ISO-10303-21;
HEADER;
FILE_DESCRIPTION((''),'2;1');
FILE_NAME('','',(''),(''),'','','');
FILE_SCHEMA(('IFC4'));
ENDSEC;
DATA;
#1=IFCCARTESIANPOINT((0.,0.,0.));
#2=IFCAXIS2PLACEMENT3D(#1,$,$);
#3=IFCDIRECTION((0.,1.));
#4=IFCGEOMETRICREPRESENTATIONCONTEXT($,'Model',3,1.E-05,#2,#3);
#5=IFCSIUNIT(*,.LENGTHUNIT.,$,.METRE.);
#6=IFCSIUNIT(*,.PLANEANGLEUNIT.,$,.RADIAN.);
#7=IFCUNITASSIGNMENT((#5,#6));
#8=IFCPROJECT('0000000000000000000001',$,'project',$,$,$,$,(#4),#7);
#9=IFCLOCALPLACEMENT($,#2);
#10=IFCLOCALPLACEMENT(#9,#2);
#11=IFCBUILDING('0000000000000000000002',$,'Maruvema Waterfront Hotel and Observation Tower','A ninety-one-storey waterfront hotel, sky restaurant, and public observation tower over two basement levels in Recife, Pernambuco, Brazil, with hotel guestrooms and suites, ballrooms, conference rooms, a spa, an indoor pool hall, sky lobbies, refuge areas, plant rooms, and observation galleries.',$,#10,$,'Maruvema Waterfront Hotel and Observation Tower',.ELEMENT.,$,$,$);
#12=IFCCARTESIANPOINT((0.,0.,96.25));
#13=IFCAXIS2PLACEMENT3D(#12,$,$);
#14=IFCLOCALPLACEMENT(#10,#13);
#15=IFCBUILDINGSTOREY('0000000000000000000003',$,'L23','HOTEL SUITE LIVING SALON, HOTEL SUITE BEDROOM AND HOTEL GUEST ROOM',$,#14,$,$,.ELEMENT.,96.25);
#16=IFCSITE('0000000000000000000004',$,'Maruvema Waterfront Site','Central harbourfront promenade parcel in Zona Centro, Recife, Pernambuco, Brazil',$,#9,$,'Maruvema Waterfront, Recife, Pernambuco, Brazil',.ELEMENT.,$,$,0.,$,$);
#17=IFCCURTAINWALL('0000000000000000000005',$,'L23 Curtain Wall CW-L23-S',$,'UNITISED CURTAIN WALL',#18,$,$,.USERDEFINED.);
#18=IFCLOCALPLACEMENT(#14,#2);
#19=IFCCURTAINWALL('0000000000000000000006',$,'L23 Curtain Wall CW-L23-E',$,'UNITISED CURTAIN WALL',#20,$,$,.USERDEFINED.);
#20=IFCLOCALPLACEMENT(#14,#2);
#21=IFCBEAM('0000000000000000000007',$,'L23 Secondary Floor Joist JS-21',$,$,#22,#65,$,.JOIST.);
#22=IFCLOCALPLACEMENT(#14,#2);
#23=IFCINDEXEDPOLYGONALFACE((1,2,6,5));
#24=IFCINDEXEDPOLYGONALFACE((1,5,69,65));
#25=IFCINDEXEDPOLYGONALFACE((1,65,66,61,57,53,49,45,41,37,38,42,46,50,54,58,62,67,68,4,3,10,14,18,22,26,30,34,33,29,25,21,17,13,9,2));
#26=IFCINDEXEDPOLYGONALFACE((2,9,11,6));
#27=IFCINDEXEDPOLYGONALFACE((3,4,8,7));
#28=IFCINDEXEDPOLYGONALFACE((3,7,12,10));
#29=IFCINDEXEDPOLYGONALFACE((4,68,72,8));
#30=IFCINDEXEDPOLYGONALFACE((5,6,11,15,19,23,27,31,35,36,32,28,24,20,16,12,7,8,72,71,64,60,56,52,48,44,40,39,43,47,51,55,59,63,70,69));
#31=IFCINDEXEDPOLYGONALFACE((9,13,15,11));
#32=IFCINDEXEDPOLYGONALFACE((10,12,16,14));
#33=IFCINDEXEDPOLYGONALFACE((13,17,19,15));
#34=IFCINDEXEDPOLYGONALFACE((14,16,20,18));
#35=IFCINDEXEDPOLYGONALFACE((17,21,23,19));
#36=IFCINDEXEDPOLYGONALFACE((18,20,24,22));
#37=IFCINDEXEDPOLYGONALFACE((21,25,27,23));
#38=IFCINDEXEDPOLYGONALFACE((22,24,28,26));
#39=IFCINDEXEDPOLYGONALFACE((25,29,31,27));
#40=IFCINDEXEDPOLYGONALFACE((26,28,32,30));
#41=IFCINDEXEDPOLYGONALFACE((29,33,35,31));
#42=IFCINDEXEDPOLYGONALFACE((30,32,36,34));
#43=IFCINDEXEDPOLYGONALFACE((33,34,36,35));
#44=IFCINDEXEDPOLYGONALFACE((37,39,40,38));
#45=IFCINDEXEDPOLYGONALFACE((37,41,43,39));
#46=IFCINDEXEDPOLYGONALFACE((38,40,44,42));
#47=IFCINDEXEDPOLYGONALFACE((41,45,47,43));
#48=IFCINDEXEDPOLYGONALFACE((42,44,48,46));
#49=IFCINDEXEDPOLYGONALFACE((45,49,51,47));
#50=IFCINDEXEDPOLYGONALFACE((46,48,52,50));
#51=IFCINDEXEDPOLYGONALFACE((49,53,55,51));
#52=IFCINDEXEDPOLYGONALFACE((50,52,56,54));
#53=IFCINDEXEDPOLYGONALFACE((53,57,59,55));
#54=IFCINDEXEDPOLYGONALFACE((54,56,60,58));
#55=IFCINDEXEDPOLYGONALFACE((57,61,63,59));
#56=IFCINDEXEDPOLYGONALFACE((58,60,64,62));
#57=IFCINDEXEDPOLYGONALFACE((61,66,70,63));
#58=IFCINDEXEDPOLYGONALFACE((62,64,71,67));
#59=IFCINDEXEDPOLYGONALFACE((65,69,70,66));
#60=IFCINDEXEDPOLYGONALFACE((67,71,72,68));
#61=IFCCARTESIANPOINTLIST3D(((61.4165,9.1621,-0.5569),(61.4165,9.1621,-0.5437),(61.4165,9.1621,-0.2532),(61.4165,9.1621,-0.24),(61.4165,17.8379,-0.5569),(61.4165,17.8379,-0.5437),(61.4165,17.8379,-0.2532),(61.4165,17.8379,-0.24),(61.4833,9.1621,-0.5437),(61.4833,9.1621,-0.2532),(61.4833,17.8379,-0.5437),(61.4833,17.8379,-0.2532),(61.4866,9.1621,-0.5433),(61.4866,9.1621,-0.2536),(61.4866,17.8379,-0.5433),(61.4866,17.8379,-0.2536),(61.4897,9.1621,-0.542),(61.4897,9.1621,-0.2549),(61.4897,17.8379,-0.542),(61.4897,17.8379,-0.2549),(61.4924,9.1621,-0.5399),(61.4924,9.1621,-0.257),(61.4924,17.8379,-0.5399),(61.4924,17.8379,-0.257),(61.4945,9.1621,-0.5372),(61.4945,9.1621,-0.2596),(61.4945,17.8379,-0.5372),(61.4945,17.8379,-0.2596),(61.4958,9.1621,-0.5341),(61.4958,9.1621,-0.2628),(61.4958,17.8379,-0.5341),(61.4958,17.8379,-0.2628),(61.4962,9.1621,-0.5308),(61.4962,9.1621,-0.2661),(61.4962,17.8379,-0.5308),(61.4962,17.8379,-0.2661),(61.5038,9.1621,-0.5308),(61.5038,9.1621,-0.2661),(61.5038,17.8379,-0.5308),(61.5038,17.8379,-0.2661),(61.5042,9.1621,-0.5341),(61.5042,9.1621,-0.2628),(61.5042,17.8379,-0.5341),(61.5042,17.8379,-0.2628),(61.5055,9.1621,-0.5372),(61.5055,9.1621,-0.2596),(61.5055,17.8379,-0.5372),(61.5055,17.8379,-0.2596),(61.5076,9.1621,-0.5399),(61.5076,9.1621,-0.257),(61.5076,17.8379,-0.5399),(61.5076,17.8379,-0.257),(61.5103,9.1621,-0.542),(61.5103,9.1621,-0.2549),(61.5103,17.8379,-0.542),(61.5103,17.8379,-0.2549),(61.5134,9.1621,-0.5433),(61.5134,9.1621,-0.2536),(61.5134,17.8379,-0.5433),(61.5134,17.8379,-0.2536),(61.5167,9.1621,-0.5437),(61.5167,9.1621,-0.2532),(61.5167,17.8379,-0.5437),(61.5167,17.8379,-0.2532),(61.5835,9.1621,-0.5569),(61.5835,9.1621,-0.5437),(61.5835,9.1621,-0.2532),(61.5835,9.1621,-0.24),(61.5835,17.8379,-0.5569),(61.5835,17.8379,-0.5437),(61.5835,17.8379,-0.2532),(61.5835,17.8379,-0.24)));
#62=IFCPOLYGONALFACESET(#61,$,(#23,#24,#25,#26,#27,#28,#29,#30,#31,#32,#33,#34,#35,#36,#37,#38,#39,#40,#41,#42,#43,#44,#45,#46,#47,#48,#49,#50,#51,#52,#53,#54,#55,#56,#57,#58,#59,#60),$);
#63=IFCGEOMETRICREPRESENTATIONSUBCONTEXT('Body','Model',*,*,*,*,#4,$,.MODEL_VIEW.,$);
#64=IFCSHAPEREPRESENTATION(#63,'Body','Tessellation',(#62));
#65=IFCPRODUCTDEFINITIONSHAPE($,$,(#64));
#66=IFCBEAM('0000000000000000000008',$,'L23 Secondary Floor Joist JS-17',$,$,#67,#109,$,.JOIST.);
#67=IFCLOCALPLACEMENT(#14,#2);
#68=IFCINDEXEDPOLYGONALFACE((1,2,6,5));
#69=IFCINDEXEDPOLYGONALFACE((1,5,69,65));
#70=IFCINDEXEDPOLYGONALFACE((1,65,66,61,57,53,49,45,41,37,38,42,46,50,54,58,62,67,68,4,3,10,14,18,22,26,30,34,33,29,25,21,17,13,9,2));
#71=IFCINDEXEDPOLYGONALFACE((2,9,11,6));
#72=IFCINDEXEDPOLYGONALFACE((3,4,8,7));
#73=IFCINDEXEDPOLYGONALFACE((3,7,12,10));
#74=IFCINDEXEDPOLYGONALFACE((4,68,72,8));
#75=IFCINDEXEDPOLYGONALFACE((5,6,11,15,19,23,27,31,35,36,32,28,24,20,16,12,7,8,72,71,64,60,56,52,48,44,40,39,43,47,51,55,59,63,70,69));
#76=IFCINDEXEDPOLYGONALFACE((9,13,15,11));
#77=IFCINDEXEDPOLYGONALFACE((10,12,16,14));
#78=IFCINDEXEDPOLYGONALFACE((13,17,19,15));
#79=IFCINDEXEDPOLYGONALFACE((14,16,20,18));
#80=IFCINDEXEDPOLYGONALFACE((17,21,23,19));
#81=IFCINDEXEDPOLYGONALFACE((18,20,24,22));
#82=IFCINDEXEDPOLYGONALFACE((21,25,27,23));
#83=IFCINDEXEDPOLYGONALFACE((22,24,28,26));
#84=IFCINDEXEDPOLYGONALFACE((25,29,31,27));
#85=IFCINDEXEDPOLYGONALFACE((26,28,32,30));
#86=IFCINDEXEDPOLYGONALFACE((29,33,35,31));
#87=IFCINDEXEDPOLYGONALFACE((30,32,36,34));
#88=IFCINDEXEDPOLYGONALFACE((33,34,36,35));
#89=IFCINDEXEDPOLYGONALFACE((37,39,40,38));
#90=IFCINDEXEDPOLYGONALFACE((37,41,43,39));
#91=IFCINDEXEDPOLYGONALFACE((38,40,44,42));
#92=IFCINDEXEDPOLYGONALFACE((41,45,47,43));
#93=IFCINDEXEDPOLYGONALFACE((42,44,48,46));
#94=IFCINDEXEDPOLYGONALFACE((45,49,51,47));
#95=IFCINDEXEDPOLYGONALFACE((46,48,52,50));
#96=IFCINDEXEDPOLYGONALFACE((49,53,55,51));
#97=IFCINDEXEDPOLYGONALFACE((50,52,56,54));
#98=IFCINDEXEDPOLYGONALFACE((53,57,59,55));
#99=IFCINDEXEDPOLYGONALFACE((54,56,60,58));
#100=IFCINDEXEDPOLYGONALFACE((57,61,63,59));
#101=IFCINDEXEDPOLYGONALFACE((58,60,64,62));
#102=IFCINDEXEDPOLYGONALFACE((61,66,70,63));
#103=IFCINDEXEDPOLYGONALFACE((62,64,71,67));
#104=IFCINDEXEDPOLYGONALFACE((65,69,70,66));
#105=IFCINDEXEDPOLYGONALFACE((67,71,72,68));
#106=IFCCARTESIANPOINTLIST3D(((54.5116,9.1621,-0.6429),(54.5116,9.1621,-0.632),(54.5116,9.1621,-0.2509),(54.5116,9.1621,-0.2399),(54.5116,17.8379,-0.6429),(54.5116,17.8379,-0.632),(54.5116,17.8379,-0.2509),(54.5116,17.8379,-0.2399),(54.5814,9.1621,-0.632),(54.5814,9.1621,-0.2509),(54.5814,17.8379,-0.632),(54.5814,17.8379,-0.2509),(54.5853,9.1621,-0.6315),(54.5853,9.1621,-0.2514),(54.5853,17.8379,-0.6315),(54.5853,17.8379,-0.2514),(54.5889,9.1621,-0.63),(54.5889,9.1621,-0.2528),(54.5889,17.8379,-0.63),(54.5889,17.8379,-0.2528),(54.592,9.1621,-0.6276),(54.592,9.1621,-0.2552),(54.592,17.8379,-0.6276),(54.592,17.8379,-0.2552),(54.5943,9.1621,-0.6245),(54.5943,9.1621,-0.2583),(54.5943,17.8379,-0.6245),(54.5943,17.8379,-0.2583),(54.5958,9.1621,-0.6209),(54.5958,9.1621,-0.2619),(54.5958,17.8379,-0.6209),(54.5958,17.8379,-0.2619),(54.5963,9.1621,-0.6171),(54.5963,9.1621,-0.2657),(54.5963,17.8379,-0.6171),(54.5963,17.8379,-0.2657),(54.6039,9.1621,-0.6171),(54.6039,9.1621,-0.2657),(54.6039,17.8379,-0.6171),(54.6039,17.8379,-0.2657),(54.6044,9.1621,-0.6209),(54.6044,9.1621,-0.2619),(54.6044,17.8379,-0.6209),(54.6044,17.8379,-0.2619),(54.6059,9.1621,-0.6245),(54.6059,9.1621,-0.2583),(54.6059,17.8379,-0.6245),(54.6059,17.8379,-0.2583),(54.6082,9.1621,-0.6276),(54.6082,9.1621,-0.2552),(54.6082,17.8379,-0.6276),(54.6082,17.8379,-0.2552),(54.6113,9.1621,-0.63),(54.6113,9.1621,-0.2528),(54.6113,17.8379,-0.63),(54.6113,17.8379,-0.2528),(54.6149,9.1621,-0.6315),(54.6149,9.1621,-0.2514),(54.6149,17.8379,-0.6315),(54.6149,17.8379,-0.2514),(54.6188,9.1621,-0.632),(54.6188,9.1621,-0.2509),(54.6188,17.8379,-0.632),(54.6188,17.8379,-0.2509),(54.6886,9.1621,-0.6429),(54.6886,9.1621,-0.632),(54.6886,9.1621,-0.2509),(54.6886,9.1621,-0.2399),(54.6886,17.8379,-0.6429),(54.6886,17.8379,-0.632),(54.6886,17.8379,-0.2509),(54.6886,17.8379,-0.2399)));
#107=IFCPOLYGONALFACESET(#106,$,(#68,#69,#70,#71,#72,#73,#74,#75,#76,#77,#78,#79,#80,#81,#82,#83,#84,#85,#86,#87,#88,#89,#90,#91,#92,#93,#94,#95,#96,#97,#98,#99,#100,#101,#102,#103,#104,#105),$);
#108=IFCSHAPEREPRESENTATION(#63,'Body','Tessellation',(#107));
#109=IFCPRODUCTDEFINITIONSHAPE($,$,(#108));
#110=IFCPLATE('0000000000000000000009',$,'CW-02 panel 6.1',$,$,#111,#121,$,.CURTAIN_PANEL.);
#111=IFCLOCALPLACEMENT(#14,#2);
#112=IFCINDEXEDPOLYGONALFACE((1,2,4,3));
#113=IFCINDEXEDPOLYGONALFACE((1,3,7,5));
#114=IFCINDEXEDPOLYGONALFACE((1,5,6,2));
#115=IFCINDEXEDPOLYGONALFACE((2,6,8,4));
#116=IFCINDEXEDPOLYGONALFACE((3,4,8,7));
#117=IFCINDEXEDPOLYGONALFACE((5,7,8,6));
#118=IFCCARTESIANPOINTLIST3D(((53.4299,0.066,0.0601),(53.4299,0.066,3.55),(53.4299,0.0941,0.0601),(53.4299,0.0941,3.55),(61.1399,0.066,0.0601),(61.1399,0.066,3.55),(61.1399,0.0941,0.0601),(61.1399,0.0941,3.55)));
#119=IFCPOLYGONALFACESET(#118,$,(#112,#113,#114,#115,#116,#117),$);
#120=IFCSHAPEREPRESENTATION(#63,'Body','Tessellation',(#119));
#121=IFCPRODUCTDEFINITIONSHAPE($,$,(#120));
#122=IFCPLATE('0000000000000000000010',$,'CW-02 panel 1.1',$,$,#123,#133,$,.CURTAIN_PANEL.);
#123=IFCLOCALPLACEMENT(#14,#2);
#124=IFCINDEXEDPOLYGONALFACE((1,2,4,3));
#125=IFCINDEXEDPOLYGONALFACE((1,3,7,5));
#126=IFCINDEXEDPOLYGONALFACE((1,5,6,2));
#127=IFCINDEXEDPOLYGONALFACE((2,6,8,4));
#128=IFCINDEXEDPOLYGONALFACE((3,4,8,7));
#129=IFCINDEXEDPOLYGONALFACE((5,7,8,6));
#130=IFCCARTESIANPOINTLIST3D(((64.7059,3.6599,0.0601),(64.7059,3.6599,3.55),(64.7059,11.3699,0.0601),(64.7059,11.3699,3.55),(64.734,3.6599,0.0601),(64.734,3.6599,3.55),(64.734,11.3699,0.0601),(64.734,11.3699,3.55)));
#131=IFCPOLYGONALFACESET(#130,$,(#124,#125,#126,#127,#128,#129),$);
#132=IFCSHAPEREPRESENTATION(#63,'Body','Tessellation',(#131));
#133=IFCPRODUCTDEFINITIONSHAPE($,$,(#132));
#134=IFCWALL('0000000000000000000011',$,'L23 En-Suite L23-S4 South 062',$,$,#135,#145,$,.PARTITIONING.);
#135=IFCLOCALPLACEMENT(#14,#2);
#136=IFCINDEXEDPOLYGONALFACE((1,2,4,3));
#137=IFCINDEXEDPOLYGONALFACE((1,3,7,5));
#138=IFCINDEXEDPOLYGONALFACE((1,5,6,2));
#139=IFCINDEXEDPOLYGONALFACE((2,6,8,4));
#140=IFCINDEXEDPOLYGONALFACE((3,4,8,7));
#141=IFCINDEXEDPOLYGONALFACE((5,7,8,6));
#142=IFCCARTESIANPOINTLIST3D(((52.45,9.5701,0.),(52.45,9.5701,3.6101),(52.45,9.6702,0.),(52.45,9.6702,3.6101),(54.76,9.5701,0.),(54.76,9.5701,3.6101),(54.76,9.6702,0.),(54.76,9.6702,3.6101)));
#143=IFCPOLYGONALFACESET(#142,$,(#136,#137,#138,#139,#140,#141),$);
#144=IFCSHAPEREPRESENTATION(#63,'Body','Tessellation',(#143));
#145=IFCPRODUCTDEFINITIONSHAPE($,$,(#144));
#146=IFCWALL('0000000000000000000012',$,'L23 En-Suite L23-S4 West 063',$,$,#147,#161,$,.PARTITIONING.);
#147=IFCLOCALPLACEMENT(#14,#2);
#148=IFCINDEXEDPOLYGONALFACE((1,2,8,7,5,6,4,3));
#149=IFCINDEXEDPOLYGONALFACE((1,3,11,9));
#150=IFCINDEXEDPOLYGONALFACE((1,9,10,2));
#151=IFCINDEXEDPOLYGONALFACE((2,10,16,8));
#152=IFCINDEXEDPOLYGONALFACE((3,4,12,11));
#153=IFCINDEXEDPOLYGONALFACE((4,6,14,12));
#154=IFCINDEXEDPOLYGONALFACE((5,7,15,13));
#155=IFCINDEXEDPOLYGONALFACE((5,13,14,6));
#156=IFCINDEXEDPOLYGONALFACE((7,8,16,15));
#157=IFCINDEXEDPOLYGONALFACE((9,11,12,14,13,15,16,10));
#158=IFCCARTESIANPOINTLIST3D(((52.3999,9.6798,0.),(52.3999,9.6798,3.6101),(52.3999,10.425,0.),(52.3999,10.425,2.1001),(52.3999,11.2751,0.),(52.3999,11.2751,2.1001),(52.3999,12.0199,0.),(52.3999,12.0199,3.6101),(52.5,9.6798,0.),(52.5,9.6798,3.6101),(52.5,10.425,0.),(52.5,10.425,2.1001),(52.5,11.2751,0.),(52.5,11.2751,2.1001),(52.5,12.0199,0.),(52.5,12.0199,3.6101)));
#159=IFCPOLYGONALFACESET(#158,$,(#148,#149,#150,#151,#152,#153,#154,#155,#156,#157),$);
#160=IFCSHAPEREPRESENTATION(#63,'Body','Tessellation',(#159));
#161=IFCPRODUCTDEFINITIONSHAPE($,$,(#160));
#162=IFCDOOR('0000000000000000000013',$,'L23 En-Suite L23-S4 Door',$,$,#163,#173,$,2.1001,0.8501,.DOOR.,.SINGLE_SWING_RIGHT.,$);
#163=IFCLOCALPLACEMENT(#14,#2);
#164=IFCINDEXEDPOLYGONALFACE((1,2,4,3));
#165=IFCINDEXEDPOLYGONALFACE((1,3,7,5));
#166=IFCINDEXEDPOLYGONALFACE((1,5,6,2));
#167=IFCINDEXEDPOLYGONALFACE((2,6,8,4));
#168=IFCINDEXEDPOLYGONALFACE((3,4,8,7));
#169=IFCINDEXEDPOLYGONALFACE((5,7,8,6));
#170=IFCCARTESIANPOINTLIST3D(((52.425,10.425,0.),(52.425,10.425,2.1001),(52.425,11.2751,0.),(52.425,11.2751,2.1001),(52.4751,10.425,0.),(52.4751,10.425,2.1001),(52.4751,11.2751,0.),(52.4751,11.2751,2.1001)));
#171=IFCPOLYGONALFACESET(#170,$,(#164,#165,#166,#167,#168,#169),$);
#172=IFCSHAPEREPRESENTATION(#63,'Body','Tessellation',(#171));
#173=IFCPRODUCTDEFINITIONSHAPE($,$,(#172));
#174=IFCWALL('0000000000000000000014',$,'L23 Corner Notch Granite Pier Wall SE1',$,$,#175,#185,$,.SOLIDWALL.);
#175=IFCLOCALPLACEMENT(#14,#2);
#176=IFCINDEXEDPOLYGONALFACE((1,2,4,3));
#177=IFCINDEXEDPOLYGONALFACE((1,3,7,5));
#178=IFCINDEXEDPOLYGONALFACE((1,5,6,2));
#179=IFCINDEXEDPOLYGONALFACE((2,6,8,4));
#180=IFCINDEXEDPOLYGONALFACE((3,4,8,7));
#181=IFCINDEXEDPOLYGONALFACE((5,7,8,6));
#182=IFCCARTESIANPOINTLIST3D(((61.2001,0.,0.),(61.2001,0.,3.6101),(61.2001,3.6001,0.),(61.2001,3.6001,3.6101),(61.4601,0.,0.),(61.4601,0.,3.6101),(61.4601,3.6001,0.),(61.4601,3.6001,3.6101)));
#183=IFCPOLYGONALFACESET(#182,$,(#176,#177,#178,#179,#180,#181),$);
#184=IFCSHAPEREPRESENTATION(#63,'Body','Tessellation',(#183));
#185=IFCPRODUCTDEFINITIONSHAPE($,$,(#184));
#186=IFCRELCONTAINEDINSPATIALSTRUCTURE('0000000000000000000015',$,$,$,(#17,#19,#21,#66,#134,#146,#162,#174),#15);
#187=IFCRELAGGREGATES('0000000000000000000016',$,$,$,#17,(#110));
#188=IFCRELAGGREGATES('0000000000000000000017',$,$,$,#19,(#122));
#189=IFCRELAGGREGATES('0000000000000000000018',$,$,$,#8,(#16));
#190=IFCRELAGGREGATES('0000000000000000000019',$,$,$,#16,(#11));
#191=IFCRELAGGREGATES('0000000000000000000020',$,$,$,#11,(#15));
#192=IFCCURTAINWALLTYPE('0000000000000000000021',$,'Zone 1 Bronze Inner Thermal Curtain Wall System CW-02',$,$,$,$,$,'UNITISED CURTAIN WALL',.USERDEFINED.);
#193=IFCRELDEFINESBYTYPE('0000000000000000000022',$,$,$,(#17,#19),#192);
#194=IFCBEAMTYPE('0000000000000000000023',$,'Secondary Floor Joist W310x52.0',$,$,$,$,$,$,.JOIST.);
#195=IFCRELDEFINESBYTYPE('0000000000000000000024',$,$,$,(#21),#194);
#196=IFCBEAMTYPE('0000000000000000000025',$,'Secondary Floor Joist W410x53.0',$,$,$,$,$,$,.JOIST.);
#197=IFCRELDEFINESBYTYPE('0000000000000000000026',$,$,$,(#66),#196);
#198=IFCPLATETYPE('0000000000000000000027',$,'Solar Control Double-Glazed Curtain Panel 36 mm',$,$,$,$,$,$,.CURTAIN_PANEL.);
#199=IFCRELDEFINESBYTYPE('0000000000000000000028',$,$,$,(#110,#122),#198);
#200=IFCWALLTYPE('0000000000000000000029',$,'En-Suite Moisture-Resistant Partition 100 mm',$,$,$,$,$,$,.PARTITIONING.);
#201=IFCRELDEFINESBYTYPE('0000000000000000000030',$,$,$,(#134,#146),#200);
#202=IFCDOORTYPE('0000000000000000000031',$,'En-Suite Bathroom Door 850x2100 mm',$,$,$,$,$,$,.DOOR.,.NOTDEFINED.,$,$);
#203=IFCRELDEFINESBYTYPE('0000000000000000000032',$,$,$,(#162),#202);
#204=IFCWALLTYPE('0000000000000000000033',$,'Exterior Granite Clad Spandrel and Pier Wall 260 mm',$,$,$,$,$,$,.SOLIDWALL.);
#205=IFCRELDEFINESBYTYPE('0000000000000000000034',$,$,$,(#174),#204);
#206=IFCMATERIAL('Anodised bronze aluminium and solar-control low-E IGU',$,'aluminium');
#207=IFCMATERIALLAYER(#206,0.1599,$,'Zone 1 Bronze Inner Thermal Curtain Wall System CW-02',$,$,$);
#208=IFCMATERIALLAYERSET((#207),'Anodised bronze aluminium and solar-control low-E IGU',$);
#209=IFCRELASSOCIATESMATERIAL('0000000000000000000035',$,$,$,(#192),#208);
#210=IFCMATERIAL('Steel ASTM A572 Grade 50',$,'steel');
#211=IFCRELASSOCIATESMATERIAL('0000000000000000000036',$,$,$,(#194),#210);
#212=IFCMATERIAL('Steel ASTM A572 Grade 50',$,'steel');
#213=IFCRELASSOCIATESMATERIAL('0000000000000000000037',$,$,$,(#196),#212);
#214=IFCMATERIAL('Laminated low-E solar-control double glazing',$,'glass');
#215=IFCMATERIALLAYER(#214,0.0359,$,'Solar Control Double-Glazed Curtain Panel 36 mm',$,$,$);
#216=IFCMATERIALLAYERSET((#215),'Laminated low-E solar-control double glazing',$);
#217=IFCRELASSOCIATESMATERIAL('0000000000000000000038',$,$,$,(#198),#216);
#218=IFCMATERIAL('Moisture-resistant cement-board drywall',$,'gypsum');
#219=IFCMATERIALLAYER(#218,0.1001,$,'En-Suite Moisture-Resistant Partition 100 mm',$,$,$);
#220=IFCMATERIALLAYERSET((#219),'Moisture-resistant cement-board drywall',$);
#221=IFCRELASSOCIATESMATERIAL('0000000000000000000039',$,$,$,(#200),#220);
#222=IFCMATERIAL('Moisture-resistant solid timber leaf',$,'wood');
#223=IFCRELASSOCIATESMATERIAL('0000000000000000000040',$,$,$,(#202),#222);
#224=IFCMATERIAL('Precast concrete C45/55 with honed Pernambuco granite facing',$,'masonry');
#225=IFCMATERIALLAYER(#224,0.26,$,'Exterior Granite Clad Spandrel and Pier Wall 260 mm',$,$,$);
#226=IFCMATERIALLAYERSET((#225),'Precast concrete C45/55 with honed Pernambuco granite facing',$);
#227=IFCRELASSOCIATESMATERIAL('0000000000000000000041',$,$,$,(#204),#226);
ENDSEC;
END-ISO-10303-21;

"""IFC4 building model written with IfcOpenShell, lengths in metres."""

from ifc_helpers import new_model, si_unit, direction, frame, frame_2d, origin, origin_2d, place, context, subcontext, project, spatial, rectangle, i_section, extrude, material, layer, layer_set, material_profile, profile_set, type_object, element, fill, aggregate, save


model = new_model("IFC4")

# Units and contexts
model_context = context("Model", 3, precision=1e-05, world=origin(), true_north=direction((0.0, 1.0)))
body_context = subcontext(model_context, "Body", "Model", "MODEL_VIEW")
ifc_project = project(units=[si_unit("LENGTHUNIT", "METRE"), si_unit("PLANEANGLEUNIT", "RADIAN")], contexts=[model_context])

# Site, building, storey
site_placement = place(None, origin())
site = spatial("IfcSite", under=ifc_project, at=site_placement, Name="Maruvema Waterfront Site", Description="Central harbourfront promenade parcel in Zona Centro, Recife, Pernambuco, Brazil", LongName="Maruvema Waterfront, Recife, Pernambuco, Brazil", CompositionType="ELEMENT", RefElevation=0.0)
building_placement = place(site_placement, origin())
building = spatial("IfcBuilding", under=site, at=building_placement, Name="Maruvema Waterfront Hotel and Observation Tower", Description="A ninety-one-storey waterfront hotel, sky restaurant, and public observation tower over two basement levels in Recife, Pernambuco, Brazil, with hotel guestrooms and suites, ballrooms, conference rooms, a spa, an indoor pool hall, sky lobbies, refuge areas, plant rooms, and observation galleries.", LongName="Maruvema Waterfront Hotel and Observation Tower", CompositionType="ELEMENT")
storey_placement = place(building_placement, frame((0.0, 0.0, 96.25)))
storey = spatial("IfcBuildingStorey", under=building, at=storey_placement, Name="L23", Description="HOTEL SUITE LIVING SALON, HOTEL SUITE BEDROOM AND HOTEL GUEST ROOM", CompositionType="ELEMENT", Elevation=96.25)

# Curtain walls
ifc_material_1 = material(Name="Anodised bronze aluminium and solar-control low-E IGU", Category="aluminium")
ifc_layer_1 = layer(ifc_material_1, 0.1599, Name="Zone 1 Bronze Inner Thermal Curtain Wall System CW-02")
ifc_layer_set_1 = layer_set([ifc_layer_1], Name="Anodised bronze aluminium and solar-control low-E IGU")
curtain_wall_type = type_object("IfcCurtainWallType", Name="Zone 1 Bronze Inner Thermal Curtain Wall System CW-02", ElementType="UNITISED CURTAIN WALL", PredefinedType="USERDEFINED", material=ifc_layer_set_1)
curtain_wall_1_placement = place(storey_placement, origin())
curtain_wall_1 = element("IfcCurtainWall", 1, at=curtain_wall_1_placement, inside=storey, type_object=curtain_wall_type, Name="L23 Curtain Wall CW-L23-S", ObjectType="UNITISED CURTAIN WALL", PredefinedType="USERDEFINED")
curtain_wall_2_placement = place(storey_placement, origin())
curtain_wall_2 = element("IfcCurtainWall", 2, at=curtain_wall_2_placement, inside=storey, type_object=curtain_wall_type, Name="L23 Curtain Wall CW-L23-E", ObjectType="UNITISED CURTAIN WALL", PredefinedType="USERDEFINED")

# Beams
ifc_material_2 = material(Name="Steel ASTM A572 Grade 50", Category="steel")
ifc_material_profile_1 = material_profile(ifc_material_2, i_section(OverallWidth=0.167, OverallDepth=0.3169, WebThickness=0.0076, FlangeThickness=0.0132, FilletRadius=0.0129, at=origin_2d()), Name="W310x52.0")
ifc_profile_set_1 = profile_set([ifc_material_profile_1], Name="Steel ASTM A572 Grade 50")
beam_type_1 = type_object("IfcBeamType", Name="Secondary Floor Joist W310x52.0", PredefinedType="JOIST", material=ifc_profile_set_1)
beam_1_placement = place(storey_placement, frame((61.5, 9.1621, -0.3984), z_axis=(0.0, 1.0, 0.0), x_axis=(-1.0, 0.0, 0.0)))
element("IfcBeam", 3, at=beam_1_placement, inside=storey, type_object=beam_type_1, Name="L23 Secondary Floor Joist JS-21", PredefinedType="JOIST", context=body_context, shape_type="SweptSolid", body=[
    extrude(i_section(OverallWidth=0.167, OverallDepth=0.3169, WebThickness=0.0076, FlangeThickness=0.0132, FilletRadius=0.0129, at=origin_2d()), origin(), (0.0, 0.0, 1.0), 8.6758),
])
ifc_material_3 = material(Name="Steel ASTM A572 Grade 50", Category="steel")
ifc_material_profile_2 = material_profile(ifc_material_3, i_section(OverallWidth=0.177, OverallDepth=0.4031, WebThickness=0.0076, FlangeThickness=0.011, FilletRadius=0.0149, at=origin_2d()), Name="W410x53.0")
ifc_profile_set_2 = profile_set([ifc_material_profile_2], Name="Steel ASTM A572 Grade 50")
beam_type_2 = type_object("IfcBeamType", Name="Secondary Floor Joist W410x53.0", PredefinedType="JOIST", material=ifc_profile_set_2)
beam_2_placement = place(storey_placement, frame((54.6001, 9.1621, -0.4414), z_axis=(0.0, 1.0, 0.0), x_axis=(-1.0, 0.0, 0.0)))
element("IfcBeam", 4, at=beam_2_placement, inside=storey, type_object=beam_type_2, Name="L23 Secondary Floor Joist JS-17", PredefinedType="JOIST", context=body_context, shape_type="SweptSolid", body=[
    extrude(i_section(OverallWidth=0.177, OverallDepth=0.4031, WebThickness=0.0076, FlangeThickness=0.011, FilletRadius=0.0149, at=origin_2d()), origin(), (0.0, 0.0, 1.0), 8.6758),
])

# Plates
ifc_material_4 = material(Name="Laminated low-E solar-control double glazing", Category="glass")
ifc_layer_2 = layer(ifc_material_4, 0.0359, Name="Solar Control Double-Glazed Curtain Panel 36 mm")
ifc_layer_set_2 = layer_set([ifc_layer_2], Name="Laminated low-E solar-control double glazing")
plate_type = type_object("IfcPlateType", Name="Solar Control Double-Glazed Curtain Panel 36 mm", PredefinedType="CURTAIN_PANEL", material=ifc_layer_set_2)
plate_1_placement = place(storey_placement, frame((57.2849, 0.0801, 0.0601), z_axis=(0.0, 0.0, 1.0), x_axis=(1.0, 0.0, 0.0)))
plate_1 = element("IfcPlate", 5, at=plate_1_placement, type_object=plate_type, Name="CW-02 panel 6.1", PredefinedType="CURTAIN_PANEL", context=body_context, shape_type="SweptSolid", body=[
    extrude(rectangle(XDim=7.71, YDim=0.0281, at=origin_2d()), origin(), (0.0, 0.0, 1.0), 3.49),
])
aggregate(curtain_wall_1, [plate_1])
plate_2_placement = place(storey_placement, frame((64.72, 7.5149, 0.0601), z_axis=(0.0, 0.0, 1.0), x_axis=(0.0, 1.0, 0.0)))
plate_2 = element("IfcPlate", 6, at=plate_2_placement, type_object=plate_type, Name="CW-02 panel 1.1", PredefinedType="CURTAIN_PANEL", context=body_context, shape_type="SweptSolid", body=[
    extrude(rectangle(XDim=7.71, YDim=0.0281, at=origin_2d()), origin(), (0.0, 0.0, 1.0), 3.49),
])
aggregate(curtain_wall_2, [plate_2])

# Wall
ifc_material_5 = material(Name="Moisture-resistant cement-board drywall", Category="gypsum")
ifc_layer_3 = layer(ifc_material_5, 0.1001, Name="En-Suite Moisture-Resistant Partition 100 mm")
ifc_layer_set_3 = layer_set([ifc_layer_3], Name="Moisture-resistant cement-board drywall")
wall_type_1 = type_object("IfcWallType", Name="En-Suite Moisture-Resistant Partition 100 mm", PredefinedType="PARTITIONING", material=ifc_layer_set_3)
wall_1_placement = place(storey_placement, frame((52.45, 9.6201, 0.0), z_axis=(0.0, 0.0, 1.0), x_axis=(1.0, 0.0, 0.0)))
element("IfcWall", 7, at=wall_1_placement, inside=storey, type_object=wall_type_1, Name="L23 En-Suite L23-S4 South 062", PredefinedType="PARTITIONING", context=body_context, shape_type="SweptSolid", body=[
    extrude(rectangle(XDim=2.3101, YDim=0.1001, at=frame_2d((1.155, 0.0))), origin(), (0.0, 0.0, 1.0), 3.6101),
])

# Wall, opening, door
wall_2_placement = place(storey_placement, frame((52.45, 9.6799, 0.0), z_axis=(0.0, 0.0, 1.0), x_axis=(0.0, 1.0, 0.0)))
wall_2 = element("IfcWall", 8, at=wall_2_placement, inside=storey, type_object=wall_type_1, Name="L23 En-Suite L23-S4 West 063", PredefinedType="PARTITIONING", context=body_context, shape_type="SweptSolid", body=[
    extrude(rectangle(XDim=2.3401, YDim=0.1001, at=frame_2d((1.1699, 0.0))), origin(), (0.0, 0.0, 1.0), 3.6101),
])
opening_1_placement = place(wall_2_placement, frame((0.7451, 0.0, 0.0)))
opening_1 = element("IfcOpeningElement", 9, at=opening_1_placement, cuts=wall_2, PredefinedType="OPENING", context=body_context, shape_type="SweptSolid", body=[
    extrude(rectangle(XDim=0.8501, YDim=2.1001, at=frame_2d((0.425, 1.05))), frame((0.0, 0.0601, 0.0), z_axis=(0.0, -1.0, 0.0), x_axis=(1.0, 0.0, 0.0)), (0.0, 0.0, 1.0), 0.1201),
])
ifc_material_6 = material(Name="Moisture-resistant solid timber leaf", Category="wood")
door_type = type_object("IfcDoorType", Name="En-Suite Bathroom Door 850x2100 mm", OperationType="NOTDEFINED", PredefinedType="DOOR", material=ifc_material_6)
door_placement = place(opening_1_placement, origin())
door = element("IfcDoor", 10, at=door_placement, inside=storey, type_object=door_type, Name="L23 En-Suite L23-S4 Door", OperationType="SINGLE_SWING_RIGHT", OverallHeight=2.1001, OverallWidth=0.8501, PredefinedType="DOOR", context=body_context, shape_type="SweptSolid", body=[
    extrude(rectangle(XDim=0.8501, YDim=2.1001, at=frame_2d((0.425, 1.05))), frame((0.0, 0.0249, 0.0), z_axis=(0.0, -1.0, 0.0), x_axis=(1.0, 0.0, 0.0)), (0.0, 0.0, 1.0), 0.05),
])
fill(opening_1, door)

# Wall
ifc_material_7 = material(Name="Precast concrete C45/55 with honed Pernambuco granite facing", Category="masonry")
ifc_layer_4 = layer(ifc_material_7, 0.26, Name="Exterior Granite Clad Spandrel and Pier Wall 260 mm")
ifc_layer_set_4 = layer_set([ifc_layer_4], Name="Precast concrete C45/55 with honed Pernambuco granite facing")
wall_type_2 = type_object("IfcWallType", Name="Exterior Granite Clad Spandrel and Pier Wall 260 mm", PredefinedType="SOLIDWALL", material=ifc_layer_set_4)
wall_3_placement = place(storey_placement, frame((61.3301, 3.6001, 0.0), z_axis=(0.0, 0.0, 1.0), x_axis=(0.0, -1.0, 0.0)))
element("IfcWall", 11, at=wall_3_placement, inside=storey, type_object=wall_type_2, Name="L23 Corner Notch Granite Pier Wall SE1", PredefinedType="SOLIDWALL", context=body_context, shape_type="SweptSolid", body=[
    extrude(rectangle(XDim=3.6001, YDim=0.26, at=frame_2d((1.8, 0.0))), origin(), (0.0, 0.0, 1.0), 3.6101),
])

save(model, "model.ifc")
